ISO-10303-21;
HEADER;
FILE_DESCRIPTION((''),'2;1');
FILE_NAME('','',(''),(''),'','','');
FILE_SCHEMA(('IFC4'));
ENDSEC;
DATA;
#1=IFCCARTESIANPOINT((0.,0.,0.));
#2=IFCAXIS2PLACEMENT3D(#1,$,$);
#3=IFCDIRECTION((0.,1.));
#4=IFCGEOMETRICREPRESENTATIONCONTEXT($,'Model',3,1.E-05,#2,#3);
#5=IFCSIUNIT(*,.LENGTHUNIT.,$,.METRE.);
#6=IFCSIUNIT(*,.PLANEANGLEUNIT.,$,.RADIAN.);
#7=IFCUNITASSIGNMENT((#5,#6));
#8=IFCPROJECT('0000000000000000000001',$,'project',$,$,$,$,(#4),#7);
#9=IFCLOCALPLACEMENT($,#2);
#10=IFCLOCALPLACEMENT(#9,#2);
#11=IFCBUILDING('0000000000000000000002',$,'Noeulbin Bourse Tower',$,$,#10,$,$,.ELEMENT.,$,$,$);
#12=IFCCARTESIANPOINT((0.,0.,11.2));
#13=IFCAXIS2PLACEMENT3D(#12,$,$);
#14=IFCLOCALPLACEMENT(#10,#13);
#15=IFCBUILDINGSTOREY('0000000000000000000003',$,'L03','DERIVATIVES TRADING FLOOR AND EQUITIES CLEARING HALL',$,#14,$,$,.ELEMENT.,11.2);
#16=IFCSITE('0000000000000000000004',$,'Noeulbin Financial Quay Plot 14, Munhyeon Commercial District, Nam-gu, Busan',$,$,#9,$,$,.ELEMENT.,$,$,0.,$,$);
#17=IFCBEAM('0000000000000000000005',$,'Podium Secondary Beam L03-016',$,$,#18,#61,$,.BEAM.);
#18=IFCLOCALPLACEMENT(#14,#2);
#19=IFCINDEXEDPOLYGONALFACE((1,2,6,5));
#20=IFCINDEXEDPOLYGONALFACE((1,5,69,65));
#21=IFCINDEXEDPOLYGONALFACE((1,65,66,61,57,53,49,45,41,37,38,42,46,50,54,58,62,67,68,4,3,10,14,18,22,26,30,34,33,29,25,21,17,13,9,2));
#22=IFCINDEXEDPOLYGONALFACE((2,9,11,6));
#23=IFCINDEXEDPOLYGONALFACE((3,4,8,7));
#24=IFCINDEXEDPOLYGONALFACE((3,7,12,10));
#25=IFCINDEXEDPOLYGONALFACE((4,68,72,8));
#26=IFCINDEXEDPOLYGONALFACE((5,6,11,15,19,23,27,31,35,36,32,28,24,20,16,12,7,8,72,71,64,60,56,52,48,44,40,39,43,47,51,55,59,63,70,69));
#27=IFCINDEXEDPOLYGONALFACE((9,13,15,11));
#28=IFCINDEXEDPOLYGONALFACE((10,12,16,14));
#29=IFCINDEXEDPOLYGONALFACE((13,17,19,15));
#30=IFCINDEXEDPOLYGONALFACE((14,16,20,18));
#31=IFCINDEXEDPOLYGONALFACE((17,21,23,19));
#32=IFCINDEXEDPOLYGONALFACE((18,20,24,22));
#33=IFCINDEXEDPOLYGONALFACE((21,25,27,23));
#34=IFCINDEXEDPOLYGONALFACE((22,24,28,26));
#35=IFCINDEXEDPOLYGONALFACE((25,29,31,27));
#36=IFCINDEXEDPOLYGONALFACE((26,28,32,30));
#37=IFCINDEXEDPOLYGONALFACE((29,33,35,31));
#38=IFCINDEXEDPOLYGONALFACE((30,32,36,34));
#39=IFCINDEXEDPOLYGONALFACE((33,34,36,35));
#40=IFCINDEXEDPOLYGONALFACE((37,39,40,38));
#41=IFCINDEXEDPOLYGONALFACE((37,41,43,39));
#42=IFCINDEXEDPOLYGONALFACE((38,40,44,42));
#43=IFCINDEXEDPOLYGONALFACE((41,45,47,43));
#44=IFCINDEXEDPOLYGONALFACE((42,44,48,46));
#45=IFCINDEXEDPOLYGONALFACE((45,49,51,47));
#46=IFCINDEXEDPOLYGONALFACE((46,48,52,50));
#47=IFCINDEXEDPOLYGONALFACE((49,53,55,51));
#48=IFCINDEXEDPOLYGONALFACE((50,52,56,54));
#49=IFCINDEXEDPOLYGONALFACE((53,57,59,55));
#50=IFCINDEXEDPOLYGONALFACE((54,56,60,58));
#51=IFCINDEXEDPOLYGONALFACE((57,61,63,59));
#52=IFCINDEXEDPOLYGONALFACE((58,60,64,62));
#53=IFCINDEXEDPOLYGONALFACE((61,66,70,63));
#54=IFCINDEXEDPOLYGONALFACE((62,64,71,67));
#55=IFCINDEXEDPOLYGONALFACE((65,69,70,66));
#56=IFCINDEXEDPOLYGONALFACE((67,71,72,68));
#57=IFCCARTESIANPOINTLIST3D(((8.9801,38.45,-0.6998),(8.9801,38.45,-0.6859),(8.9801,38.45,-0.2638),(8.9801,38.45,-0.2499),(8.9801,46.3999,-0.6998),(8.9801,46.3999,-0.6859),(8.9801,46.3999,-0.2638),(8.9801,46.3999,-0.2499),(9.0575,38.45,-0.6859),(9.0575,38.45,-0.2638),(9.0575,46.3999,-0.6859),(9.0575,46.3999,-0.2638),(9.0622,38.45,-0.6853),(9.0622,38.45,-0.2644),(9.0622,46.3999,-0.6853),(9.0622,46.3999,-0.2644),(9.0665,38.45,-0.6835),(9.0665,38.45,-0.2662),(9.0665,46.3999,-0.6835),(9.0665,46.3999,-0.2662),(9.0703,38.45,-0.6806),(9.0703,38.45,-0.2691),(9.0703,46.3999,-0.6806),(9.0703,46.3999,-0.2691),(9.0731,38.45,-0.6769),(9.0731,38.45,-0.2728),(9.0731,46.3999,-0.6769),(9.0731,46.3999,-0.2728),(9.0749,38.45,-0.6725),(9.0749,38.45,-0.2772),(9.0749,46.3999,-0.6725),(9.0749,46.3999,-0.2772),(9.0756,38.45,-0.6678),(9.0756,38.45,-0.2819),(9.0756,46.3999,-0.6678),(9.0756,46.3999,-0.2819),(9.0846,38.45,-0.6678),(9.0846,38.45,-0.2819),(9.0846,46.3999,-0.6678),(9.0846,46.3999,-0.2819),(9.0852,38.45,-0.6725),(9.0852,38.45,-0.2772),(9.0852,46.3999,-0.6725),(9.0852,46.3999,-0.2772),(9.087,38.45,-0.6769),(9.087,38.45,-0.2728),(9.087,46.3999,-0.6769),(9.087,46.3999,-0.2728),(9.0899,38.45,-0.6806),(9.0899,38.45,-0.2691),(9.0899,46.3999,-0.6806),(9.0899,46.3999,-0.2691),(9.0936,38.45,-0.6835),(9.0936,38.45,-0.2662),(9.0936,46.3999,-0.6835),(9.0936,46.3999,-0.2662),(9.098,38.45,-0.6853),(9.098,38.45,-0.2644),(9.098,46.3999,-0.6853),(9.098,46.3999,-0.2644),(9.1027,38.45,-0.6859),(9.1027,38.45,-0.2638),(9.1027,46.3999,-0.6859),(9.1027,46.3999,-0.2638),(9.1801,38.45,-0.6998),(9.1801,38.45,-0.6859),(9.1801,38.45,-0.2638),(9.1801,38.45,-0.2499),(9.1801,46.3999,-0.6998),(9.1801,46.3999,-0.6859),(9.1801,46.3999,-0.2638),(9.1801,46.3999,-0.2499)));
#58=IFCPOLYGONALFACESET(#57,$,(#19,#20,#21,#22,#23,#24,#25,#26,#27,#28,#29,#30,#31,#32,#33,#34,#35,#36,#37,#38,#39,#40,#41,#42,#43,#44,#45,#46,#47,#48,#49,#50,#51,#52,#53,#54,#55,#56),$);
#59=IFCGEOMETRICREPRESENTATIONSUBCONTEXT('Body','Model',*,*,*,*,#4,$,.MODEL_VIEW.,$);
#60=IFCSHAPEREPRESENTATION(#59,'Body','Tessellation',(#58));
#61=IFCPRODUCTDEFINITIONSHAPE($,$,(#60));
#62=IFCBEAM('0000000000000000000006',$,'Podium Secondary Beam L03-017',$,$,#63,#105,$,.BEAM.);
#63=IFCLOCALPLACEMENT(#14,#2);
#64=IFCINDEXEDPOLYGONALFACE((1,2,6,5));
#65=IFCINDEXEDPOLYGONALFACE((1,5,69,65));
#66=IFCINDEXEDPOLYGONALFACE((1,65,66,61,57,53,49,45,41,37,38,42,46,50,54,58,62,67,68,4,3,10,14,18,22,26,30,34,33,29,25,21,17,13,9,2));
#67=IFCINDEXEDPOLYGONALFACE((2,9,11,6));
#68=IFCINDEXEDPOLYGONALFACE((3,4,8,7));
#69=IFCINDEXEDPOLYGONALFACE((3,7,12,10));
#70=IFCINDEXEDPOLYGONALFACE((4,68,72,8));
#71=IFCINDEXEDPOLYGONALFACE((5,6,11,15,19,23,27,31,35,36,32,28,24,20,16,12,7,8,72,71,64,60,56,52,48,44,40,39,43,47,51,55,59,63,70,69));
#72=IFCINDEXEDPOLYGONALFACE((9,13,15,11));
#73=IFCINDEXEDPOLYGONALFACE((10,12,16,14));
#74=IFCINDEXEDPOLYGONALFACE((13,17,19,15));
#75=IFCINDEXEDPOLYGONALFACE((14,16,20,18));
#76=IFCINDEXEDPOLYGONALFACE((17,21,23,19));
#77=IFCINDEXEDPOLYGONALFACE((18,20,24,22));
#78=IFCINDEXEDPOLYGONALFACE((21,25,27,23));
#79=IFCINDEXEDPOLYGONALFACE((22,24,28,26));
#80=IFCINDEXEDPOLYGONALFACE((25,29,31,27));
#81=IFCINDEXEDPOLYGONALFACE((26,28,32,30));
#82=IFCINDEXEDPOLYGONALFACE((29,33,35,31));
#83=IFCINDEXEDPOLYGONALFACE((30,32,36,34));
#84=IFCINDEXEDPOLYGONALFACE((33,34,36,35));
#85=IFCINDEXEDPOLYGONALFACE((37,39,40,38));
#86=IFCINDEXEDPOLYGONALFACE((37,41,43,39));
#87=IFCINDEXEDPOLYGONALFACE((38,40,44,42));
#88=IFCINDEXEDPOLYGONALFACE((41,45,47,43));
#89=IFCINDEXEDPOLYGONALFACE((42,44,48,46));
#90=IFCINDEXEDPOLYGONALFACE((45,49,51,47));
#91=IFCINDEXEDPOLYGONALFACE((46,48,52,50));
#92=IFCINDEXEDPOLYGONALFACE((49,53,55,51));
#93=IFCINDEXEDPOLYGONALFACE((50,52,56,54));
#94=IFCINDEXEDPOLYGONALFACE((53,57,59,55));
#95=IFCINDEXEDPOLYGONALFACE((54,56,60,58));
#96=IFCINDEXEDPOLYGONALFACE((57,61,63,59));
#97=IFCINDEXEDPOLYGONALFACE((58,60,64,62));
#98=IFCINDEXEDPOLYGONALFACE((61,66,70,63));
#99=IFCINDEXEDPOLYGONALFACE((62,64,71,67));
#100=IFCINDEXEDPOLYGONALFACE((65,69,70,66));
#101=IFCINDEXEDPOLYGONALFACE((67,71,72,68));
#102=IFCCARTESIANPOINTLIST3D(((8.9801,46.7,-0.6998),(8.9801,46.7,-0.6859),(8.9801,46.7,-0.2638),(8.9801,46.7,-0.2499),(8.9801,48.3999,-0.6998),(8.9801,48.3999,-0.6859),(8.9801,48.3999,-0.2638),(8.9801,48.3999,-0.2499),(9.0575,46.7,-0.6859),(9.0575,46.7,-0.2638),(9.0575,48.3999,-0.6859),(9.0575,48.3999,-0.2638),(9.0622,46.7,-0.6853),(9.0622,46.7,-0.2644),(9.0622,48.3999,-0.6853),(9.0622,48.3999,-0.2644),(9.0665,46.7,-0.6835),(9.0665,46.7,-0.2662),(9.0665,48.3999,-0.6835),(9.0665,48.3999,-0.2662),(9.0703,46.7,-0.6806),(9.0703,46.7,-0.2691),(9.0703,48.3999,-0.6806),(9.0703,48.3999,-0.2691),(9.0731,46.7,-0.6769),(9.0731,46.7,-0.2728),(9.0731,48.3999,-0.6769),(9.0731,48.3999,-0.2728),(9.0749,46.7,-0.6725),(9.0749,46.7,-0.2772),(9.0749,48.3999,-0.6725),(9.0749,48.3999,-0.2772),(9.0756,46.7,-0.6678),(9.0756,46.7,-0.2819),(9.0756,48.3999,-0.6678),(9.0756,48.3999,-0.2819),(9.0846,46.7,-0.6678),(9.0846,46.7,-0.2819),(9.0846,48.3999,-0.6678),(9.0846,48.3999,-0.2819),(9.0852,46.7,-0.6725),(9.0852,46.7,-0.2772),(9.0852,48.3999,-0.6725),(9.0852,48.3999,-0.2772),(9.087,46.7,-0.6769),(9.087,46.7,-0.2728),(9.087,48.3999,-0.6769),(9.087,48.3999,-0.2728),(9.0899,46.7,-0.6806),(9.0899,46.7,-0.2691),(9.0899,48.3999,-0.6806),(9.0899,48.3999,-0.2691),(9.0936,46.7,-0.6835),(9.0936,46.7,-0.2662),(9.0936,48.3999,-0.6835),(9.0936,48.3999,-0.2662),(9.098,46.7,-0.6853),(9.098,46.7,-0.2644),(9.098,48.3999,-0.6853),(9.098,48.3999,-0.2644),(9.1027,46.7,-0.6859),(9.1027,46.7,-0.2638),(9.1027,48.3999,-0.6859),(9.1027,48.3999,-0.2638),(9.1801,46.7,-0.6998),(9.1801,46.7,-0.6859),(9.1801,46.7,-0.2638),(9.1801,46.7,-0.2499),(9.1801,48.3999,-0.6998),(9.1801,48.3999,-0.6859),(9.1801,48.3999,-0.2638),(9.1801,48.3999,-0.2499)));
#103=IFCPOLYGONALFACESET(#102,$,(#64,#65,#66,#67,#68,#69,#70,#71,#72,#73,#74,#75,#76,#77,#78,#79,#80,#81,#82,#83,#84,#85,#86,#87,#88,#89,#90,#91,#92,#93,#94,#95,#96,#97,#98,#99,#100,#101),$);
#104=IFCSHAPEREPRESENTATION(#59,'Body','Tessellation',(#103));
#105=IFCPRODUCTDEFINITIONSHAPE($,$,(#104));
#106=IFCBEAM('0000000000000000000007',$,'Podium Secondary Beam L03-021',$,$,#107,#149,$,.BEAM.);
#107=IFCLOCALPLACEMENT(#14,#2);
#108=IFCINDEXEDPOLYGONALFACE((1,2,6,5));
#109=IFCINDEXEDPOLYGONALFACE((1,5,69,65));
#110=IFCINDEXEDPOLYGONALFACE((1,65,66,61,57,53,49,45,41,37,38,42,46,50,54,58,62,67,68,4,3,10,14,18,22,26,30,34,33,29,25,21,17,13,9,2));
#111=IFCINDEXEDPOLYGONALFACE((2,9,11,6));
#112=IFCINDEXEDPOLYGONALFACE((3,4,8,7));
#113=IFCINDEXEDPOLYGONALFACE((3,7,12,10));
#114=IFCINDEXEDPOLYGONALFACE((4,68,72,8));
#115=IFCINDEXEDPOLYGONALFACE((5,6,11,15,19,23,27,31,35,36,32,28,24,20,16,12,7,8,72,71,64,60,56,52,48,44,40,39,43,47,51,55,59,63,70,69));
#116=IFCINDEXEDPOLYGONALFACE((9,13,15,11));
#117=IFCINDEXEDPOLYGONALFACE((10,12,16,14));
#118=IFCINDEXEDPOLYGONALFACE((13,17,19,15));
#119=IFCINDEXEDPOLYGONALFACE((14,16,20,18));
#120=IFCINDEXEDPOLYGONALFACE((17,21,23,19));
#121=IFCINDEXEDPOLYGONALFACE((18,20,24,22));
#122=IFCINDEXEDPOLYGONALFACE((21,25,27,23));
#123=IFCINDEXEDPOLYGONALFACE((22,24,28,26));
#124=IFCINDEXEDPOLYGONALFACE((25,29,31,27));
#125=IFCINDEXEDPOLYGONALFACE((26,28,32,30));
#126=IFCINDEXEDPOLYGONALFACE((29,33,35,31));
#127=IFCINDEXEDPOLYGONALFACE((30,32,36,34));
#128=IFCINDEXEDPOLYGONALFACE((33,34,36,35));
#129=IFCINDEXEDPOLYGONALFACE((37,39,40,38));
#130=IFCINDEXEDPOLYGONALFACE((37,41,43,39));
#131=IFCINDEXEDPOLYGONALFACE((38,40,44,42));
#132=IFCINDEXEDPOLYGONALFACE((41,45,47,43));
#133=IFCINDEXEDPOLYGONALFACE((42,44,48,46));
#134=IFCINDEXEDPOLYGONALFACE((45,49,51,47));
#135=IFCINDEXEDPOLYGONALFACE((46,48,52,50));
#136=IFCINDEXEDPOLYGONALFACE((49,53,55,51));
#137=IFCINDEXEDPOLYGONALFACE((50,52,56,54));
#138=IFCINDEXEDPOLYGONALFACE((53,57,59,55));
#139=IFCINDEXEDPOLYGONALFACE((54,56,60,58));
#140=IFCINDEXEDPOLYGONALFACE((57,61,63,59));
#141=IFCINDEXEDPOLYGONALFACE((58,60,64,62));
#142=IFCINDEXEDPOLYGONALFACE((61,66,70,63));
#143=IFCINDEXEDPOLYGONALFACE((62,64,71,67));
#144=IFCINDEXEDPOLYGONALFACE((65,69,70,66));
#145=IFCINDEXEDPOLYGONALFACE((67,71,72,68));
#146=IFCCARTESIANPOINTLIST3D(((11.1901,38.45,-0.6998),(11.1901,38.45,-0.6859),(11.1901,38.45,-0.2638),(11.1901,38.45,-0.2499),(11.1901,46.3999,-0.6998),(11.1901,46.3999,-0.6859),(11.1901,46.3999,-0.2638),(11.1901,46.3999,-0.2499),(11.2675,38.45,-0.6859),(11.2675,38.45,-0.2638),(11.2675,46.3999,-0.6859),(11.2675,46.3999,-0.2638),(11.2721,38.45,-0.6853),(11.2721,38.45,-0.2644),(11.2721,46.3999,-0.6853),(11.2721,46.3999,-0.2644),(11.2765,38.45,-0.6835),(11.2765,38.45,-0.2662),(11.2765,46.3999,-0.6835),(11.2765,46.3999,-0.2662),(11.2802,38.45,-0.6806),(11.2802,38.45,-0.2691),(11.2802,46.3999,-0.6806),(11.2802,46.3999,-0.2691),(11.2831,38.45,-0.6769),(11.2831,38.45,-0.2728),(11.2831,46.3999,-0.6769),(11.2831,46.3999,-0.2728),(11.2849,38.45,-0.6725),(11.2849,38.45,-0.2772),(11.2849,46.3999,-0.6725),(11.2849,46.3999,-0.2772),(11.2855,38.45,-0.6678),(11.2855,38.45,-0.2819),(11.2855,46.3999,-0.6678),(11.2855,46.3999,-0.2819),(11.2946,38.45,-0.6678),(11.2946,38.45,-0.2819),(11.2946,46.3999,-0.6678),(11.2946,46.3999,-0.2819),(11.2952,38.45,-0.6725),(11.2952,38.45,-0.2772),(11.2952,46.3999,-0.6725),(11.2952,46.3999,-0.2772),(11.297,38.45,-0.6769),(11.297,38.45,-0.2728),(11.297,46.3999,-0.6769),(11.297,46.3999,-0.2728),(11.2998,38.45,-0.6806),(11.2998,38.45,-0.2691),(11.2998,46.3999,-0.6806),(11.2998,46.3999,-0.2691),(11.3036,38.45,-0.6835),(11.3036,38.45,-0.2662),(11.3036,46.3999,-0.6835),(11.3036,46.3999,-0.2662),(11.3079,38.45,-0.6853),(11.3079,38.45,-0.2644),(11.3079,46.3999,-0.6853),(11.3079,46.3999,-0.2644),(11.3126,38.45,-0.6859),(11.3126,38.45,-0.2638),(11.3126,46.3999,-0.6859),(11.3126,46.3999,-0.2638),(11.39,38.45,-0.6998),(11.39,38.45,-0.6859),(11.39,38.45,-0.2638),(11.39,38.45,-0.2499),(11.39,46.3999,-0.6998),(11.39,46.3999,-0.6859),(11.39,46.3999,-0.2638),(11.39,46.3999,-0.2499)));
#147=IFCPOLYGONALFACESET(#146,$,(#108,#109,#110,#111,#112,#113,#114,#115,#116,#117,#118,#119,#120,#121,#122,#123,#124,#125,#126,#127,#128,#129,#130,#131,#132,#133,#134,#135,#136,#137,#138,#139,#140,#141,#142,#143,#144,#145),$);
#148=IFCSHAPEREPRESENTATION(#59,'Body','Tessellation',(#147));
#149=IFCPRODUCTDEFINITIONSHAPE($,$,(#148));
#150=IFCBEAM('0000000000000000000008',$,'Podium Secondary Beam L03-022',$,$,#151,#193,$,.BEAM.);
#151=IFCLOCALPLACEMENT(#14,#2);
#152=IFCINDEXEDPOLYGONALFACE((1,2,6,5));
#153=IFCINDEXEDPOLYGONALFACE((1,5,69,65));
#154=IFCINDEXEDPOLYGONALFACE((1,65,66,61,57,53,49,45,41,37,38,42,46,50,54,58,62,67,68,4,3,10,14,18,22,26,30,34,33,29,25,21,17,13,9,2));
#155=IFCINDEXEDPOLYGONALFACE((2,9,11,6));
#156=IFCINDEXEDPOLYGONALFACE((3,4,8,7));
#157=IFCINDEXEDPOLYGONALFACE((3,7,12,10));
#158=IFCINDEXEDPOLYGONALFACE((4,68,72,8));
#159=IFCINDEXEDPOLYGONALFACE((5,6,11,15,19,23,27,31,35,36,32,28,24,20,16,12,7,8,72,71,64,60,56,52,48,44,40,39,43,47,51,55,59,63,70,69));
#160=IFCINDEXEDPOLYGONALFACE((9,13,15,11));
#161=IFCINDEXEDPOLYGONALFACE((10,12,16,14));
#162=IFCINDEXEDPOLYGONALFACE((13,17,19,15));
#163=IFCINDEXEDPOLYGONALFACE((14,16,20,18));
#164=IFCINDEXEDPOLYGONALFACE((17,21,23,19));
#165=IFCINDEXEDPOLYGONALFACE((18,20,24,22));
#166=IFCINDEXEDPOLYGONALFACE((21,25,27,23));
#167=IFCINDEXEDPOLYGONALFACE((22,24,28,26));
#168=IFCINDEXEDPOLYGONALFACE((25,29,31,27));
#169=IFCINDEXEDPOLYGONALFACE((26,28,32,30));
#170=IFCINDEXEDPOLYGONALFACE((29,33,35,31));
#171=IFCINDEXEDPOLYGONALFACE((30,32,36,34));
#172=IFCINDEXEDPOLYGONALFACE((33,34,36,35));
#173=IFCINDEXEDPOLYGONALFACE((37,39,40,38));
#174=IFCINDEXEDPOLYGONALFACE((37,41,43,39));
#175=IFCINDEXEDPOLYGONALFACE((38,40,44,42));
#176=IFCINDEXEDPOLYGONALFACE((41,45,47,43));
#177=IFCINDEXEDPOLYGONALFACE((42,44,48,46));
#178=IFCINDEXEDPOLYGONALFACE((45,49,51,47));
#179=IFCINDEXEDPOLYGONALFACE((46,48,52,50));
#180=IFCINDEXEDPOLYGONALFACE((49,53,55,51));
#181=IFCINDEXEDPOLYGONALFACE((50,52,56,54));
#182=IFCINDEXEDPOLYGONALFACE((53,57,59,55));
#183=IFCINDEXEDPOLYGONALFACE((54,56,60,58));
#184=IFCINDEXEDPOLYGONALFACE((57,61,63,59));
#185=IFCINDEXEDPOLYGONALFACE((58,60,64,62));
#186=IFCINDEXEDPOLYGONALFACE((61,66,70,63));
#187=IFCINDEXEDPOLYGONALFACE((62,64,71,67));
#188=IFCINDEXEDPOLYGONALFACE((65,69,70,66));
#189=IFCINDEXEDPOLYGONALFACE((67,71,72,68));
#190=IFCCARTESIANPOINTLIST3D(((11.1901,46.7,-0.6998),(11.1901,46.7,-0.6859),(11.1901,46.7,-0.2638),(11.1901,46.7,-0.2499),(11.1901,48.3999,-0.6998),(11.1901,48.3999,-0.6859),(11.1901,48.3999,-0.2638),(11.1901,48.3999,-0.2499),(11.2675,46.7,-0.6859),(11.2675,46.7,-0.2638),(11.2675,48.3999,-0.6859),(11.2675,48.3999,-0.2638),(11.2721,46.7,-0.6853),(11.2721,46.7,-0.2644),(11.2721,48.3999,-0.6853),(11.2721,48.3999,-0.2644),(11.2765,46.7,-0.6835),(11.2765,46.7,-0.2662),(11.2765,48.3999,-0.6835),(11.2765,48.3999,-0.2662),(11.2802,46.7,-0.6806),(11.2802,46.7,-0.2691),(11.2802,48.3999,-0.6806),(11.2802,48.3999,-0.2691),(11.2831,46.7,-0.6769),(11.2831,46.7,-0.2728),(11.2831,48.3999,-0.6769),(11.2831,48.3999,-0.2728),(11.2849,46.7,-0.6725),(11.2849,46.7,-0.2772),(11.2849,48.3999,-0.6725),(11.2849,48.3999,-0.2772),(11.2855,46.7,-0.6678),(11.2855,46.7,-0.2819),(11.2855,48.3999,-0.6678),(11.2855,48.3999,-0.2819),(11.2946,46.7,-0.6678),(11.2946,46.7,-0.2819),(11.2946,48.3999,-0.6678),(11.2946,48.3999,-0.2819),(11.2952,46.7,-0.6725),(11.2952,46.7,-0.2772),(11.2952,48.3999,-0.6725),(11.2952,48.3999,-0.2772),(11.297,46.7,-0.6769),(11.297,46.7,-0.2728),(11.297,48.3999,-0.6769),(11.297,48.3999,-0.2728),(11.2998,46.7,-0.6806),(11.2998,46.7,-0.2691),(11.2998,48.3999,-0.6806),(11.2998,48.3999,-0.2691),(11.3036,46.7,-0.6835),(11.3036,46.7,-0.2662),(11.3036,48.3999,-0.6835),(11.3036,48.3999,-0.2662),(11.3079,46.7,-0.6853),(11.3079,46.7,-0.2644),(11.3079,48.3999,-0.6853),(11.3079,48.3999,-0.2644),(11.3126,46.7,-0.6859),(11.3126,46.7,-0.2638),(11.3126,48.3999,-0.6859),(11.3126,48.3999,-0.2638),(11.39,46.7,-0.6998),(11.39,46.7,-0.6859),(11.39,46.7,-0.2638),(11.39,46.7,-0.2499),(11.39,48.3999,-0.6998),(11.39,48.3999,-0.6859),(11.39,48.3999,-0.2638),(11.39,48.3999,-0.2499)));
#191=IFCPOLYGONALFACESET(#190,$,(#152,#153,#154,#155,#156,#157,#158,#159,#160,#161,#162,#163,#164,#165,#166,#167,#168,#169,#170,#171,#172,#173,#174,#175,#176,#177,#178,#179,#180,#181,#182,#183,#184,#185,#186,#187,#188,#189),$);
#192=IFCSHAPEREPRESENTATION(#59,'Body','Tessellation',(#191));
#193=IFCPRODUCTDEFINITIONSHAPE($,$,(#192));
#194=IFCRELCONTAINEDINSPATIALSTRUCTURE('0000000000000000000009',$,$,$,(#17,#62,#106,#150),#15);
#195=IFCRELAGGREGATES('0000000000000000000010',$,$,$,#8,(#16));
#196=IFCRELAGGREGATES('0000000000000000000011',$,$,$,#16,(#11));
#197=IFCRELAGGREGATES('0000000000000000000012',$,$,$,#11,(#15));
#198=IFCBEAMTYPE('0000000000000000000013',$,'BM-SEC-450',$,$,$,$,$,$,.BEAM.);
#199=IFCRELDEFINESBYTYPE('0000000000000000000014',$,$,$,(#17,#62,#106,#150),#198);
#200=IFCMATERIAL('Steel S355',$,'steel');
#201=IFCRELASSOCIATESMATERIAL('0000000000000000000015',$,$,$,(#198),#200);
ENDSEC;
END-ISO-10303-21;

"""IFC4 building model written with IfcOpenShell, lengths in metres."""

from ifc_helpers import new_model, si_unit, direction, frame, origin, origin_2d, place, context, subcontext, project, spatial, i_section, extrude, material, material_profile, profile_set, type_object, element, save


model = new_model("IFC4")

# Units and contexts
model_context = context("Model", 3, precision=1e-05, world=origin(), true_north=direction((0.0, 1.0)))
body_context = subcontext(model_context, "Body", "Model", "MODEL_VIEW")
ifc_project = project(units=[si_unit("LENGTHUNIT", "METRE"), si_unit("PLANEANGLEUNIT", "RADIAN")], contexts=[model_context])

# Site, building, storey
site_placement = place(None, origin())
site = spatial("IfcSite", under=ifc_project, at=site_placement, Name="Noeulbin Financial Quay Plot 14, Munhyeon Commercial District, Nam-gu, Busan", CompositionType="ELEMENT", RefElevation=0.0)
building_placement = place(site_placement, origin())
building = spatial("IfcBuilding", under=site, at=building_placement, Name="Noeulbin Bourse Tower", CompositionType="ELEMENT")
storey_placement = place(building_placement, frame((0.0, 0.0, 11.2)))
storey = spatial("IfcBuildingStorey", under=building, at=storey_placement, Name="L03", Description="DERIVATIVES TRADING FLOOR AND EQUITIES CLEARING HALL", CompositionType="ELEMENT", Elevation=11.2)

# Beams
ifc_material_1 = material(Name="Steel S355", Category="steel")
ifc_material_profile_1 = material_profile(ifc_material_1, i_section(OverallWidth=0.2, OverallDepth=0.45, WebThickness=0.009, FlangeThickness=0.0139, FilletRadius=0.0181, at=origin_2d()), Name="H-450x200x9x14", Category="LoadBearing")
ifc_profile_set_1 = profile_set([ifc_material_profile_1], Name="Steel S355")
beam_type_1 = type_object("IfcBeamType", Name="BM-SEC-450", PredefinedType="BEAM", material=ifc_profile_set_1)
beam_1_placement = place(storey_placement, frame((9.0801, 38.45, -0.4749), z_axis=(0.0, 1.0, 0.0), x_axis=(-1.0, 0.0, 0.0)))
element("IfcBeam", 1, at=beam_1_placement, inside=storey, type_object=beam_type_1, Name="Podium Secondary Beam L03-016", PredefinedType="BEAM", context=body_context, shape_type="SweptSolid", body=[
    extrude(i_section(OverallWidth=0.2, OverallDepth=0.45, WebThickness=0.009, FlangeThickness=0.0139, FilletRadius=0.0181, at=origin_2d()), origin(), (0.0, 0.0, 1.0), 7.95),
])
beam_2_placement = place(storey_placement, frame((9.0801, 46.7, -0.4749), z_axis=(0.0, 1.0, 0.0), x_axis=(-1.0, 0.0, 0.0)))
element("IfcBeam", 2, at=beam_2_placement, inside=storey, type_object=beam_type_1, Name="Podium Secondary Beam L03-017", PredefinedType="BEAM", context=body_context, shape_type="SweptSolid", body=[
    extrude(i_section(OverallWidth=0.2, OverallDepth=0.45, WebThickness=0.009, FlangeThickness=0.0139, FilletRadius=0.0181, at=origin_2d()), origin(), (0.0, 0.0, 1.0), 1.7),
])
beam_3_placement = place(storey_placement, frame((11.29, 38.45, -0.4749), z_axis=(0.0, 1.0, 0.0), x_axis=(-1.0, 0.0, 0.0)))
element("IfcBeam", 3, at=beam_3_placement, inside=storey, type_object=beam_type_1, Name="Podium Secondary Beam L03-021", PredefinedType="BEAM", context=body_context, shape_type="SweptSolid", body=[
    extrude(i_section(OverallWidth=0.2, OverallDepth=0.45, WebThickness=0.009, FlangeThickness=0.0139, FilletRadius=0.0181, at=origin_2d()), origin(), (0.0, 0.0, 1.0), 7.95),
])
beam_4_placement = place(storey_placement, frame((11.29, 46.7, -0.4749), z_axis=(0.0, 1.0, 0.0), x_axis=(-1.0, 0.0, 0.0)))
element("IfcBeam", 4, at=beam_4_placement, inside=storey, type_object=beam_type_1, Name="Podium Secondary Beam L03-022", PredefinedType="BEAM", context=body_context, shape_type="SweptSolid", body=[
    extrude(i_section(OverallWidth=0.2, OverallDepth=0.45, WebThickness=0.009, FlangeThickness=0.0139, FilletRadius=0.0181, at=origin_2d()), origin(), (0.0, 0.0, 1.0), 1.7),
])

save(model, "model.ifc")
